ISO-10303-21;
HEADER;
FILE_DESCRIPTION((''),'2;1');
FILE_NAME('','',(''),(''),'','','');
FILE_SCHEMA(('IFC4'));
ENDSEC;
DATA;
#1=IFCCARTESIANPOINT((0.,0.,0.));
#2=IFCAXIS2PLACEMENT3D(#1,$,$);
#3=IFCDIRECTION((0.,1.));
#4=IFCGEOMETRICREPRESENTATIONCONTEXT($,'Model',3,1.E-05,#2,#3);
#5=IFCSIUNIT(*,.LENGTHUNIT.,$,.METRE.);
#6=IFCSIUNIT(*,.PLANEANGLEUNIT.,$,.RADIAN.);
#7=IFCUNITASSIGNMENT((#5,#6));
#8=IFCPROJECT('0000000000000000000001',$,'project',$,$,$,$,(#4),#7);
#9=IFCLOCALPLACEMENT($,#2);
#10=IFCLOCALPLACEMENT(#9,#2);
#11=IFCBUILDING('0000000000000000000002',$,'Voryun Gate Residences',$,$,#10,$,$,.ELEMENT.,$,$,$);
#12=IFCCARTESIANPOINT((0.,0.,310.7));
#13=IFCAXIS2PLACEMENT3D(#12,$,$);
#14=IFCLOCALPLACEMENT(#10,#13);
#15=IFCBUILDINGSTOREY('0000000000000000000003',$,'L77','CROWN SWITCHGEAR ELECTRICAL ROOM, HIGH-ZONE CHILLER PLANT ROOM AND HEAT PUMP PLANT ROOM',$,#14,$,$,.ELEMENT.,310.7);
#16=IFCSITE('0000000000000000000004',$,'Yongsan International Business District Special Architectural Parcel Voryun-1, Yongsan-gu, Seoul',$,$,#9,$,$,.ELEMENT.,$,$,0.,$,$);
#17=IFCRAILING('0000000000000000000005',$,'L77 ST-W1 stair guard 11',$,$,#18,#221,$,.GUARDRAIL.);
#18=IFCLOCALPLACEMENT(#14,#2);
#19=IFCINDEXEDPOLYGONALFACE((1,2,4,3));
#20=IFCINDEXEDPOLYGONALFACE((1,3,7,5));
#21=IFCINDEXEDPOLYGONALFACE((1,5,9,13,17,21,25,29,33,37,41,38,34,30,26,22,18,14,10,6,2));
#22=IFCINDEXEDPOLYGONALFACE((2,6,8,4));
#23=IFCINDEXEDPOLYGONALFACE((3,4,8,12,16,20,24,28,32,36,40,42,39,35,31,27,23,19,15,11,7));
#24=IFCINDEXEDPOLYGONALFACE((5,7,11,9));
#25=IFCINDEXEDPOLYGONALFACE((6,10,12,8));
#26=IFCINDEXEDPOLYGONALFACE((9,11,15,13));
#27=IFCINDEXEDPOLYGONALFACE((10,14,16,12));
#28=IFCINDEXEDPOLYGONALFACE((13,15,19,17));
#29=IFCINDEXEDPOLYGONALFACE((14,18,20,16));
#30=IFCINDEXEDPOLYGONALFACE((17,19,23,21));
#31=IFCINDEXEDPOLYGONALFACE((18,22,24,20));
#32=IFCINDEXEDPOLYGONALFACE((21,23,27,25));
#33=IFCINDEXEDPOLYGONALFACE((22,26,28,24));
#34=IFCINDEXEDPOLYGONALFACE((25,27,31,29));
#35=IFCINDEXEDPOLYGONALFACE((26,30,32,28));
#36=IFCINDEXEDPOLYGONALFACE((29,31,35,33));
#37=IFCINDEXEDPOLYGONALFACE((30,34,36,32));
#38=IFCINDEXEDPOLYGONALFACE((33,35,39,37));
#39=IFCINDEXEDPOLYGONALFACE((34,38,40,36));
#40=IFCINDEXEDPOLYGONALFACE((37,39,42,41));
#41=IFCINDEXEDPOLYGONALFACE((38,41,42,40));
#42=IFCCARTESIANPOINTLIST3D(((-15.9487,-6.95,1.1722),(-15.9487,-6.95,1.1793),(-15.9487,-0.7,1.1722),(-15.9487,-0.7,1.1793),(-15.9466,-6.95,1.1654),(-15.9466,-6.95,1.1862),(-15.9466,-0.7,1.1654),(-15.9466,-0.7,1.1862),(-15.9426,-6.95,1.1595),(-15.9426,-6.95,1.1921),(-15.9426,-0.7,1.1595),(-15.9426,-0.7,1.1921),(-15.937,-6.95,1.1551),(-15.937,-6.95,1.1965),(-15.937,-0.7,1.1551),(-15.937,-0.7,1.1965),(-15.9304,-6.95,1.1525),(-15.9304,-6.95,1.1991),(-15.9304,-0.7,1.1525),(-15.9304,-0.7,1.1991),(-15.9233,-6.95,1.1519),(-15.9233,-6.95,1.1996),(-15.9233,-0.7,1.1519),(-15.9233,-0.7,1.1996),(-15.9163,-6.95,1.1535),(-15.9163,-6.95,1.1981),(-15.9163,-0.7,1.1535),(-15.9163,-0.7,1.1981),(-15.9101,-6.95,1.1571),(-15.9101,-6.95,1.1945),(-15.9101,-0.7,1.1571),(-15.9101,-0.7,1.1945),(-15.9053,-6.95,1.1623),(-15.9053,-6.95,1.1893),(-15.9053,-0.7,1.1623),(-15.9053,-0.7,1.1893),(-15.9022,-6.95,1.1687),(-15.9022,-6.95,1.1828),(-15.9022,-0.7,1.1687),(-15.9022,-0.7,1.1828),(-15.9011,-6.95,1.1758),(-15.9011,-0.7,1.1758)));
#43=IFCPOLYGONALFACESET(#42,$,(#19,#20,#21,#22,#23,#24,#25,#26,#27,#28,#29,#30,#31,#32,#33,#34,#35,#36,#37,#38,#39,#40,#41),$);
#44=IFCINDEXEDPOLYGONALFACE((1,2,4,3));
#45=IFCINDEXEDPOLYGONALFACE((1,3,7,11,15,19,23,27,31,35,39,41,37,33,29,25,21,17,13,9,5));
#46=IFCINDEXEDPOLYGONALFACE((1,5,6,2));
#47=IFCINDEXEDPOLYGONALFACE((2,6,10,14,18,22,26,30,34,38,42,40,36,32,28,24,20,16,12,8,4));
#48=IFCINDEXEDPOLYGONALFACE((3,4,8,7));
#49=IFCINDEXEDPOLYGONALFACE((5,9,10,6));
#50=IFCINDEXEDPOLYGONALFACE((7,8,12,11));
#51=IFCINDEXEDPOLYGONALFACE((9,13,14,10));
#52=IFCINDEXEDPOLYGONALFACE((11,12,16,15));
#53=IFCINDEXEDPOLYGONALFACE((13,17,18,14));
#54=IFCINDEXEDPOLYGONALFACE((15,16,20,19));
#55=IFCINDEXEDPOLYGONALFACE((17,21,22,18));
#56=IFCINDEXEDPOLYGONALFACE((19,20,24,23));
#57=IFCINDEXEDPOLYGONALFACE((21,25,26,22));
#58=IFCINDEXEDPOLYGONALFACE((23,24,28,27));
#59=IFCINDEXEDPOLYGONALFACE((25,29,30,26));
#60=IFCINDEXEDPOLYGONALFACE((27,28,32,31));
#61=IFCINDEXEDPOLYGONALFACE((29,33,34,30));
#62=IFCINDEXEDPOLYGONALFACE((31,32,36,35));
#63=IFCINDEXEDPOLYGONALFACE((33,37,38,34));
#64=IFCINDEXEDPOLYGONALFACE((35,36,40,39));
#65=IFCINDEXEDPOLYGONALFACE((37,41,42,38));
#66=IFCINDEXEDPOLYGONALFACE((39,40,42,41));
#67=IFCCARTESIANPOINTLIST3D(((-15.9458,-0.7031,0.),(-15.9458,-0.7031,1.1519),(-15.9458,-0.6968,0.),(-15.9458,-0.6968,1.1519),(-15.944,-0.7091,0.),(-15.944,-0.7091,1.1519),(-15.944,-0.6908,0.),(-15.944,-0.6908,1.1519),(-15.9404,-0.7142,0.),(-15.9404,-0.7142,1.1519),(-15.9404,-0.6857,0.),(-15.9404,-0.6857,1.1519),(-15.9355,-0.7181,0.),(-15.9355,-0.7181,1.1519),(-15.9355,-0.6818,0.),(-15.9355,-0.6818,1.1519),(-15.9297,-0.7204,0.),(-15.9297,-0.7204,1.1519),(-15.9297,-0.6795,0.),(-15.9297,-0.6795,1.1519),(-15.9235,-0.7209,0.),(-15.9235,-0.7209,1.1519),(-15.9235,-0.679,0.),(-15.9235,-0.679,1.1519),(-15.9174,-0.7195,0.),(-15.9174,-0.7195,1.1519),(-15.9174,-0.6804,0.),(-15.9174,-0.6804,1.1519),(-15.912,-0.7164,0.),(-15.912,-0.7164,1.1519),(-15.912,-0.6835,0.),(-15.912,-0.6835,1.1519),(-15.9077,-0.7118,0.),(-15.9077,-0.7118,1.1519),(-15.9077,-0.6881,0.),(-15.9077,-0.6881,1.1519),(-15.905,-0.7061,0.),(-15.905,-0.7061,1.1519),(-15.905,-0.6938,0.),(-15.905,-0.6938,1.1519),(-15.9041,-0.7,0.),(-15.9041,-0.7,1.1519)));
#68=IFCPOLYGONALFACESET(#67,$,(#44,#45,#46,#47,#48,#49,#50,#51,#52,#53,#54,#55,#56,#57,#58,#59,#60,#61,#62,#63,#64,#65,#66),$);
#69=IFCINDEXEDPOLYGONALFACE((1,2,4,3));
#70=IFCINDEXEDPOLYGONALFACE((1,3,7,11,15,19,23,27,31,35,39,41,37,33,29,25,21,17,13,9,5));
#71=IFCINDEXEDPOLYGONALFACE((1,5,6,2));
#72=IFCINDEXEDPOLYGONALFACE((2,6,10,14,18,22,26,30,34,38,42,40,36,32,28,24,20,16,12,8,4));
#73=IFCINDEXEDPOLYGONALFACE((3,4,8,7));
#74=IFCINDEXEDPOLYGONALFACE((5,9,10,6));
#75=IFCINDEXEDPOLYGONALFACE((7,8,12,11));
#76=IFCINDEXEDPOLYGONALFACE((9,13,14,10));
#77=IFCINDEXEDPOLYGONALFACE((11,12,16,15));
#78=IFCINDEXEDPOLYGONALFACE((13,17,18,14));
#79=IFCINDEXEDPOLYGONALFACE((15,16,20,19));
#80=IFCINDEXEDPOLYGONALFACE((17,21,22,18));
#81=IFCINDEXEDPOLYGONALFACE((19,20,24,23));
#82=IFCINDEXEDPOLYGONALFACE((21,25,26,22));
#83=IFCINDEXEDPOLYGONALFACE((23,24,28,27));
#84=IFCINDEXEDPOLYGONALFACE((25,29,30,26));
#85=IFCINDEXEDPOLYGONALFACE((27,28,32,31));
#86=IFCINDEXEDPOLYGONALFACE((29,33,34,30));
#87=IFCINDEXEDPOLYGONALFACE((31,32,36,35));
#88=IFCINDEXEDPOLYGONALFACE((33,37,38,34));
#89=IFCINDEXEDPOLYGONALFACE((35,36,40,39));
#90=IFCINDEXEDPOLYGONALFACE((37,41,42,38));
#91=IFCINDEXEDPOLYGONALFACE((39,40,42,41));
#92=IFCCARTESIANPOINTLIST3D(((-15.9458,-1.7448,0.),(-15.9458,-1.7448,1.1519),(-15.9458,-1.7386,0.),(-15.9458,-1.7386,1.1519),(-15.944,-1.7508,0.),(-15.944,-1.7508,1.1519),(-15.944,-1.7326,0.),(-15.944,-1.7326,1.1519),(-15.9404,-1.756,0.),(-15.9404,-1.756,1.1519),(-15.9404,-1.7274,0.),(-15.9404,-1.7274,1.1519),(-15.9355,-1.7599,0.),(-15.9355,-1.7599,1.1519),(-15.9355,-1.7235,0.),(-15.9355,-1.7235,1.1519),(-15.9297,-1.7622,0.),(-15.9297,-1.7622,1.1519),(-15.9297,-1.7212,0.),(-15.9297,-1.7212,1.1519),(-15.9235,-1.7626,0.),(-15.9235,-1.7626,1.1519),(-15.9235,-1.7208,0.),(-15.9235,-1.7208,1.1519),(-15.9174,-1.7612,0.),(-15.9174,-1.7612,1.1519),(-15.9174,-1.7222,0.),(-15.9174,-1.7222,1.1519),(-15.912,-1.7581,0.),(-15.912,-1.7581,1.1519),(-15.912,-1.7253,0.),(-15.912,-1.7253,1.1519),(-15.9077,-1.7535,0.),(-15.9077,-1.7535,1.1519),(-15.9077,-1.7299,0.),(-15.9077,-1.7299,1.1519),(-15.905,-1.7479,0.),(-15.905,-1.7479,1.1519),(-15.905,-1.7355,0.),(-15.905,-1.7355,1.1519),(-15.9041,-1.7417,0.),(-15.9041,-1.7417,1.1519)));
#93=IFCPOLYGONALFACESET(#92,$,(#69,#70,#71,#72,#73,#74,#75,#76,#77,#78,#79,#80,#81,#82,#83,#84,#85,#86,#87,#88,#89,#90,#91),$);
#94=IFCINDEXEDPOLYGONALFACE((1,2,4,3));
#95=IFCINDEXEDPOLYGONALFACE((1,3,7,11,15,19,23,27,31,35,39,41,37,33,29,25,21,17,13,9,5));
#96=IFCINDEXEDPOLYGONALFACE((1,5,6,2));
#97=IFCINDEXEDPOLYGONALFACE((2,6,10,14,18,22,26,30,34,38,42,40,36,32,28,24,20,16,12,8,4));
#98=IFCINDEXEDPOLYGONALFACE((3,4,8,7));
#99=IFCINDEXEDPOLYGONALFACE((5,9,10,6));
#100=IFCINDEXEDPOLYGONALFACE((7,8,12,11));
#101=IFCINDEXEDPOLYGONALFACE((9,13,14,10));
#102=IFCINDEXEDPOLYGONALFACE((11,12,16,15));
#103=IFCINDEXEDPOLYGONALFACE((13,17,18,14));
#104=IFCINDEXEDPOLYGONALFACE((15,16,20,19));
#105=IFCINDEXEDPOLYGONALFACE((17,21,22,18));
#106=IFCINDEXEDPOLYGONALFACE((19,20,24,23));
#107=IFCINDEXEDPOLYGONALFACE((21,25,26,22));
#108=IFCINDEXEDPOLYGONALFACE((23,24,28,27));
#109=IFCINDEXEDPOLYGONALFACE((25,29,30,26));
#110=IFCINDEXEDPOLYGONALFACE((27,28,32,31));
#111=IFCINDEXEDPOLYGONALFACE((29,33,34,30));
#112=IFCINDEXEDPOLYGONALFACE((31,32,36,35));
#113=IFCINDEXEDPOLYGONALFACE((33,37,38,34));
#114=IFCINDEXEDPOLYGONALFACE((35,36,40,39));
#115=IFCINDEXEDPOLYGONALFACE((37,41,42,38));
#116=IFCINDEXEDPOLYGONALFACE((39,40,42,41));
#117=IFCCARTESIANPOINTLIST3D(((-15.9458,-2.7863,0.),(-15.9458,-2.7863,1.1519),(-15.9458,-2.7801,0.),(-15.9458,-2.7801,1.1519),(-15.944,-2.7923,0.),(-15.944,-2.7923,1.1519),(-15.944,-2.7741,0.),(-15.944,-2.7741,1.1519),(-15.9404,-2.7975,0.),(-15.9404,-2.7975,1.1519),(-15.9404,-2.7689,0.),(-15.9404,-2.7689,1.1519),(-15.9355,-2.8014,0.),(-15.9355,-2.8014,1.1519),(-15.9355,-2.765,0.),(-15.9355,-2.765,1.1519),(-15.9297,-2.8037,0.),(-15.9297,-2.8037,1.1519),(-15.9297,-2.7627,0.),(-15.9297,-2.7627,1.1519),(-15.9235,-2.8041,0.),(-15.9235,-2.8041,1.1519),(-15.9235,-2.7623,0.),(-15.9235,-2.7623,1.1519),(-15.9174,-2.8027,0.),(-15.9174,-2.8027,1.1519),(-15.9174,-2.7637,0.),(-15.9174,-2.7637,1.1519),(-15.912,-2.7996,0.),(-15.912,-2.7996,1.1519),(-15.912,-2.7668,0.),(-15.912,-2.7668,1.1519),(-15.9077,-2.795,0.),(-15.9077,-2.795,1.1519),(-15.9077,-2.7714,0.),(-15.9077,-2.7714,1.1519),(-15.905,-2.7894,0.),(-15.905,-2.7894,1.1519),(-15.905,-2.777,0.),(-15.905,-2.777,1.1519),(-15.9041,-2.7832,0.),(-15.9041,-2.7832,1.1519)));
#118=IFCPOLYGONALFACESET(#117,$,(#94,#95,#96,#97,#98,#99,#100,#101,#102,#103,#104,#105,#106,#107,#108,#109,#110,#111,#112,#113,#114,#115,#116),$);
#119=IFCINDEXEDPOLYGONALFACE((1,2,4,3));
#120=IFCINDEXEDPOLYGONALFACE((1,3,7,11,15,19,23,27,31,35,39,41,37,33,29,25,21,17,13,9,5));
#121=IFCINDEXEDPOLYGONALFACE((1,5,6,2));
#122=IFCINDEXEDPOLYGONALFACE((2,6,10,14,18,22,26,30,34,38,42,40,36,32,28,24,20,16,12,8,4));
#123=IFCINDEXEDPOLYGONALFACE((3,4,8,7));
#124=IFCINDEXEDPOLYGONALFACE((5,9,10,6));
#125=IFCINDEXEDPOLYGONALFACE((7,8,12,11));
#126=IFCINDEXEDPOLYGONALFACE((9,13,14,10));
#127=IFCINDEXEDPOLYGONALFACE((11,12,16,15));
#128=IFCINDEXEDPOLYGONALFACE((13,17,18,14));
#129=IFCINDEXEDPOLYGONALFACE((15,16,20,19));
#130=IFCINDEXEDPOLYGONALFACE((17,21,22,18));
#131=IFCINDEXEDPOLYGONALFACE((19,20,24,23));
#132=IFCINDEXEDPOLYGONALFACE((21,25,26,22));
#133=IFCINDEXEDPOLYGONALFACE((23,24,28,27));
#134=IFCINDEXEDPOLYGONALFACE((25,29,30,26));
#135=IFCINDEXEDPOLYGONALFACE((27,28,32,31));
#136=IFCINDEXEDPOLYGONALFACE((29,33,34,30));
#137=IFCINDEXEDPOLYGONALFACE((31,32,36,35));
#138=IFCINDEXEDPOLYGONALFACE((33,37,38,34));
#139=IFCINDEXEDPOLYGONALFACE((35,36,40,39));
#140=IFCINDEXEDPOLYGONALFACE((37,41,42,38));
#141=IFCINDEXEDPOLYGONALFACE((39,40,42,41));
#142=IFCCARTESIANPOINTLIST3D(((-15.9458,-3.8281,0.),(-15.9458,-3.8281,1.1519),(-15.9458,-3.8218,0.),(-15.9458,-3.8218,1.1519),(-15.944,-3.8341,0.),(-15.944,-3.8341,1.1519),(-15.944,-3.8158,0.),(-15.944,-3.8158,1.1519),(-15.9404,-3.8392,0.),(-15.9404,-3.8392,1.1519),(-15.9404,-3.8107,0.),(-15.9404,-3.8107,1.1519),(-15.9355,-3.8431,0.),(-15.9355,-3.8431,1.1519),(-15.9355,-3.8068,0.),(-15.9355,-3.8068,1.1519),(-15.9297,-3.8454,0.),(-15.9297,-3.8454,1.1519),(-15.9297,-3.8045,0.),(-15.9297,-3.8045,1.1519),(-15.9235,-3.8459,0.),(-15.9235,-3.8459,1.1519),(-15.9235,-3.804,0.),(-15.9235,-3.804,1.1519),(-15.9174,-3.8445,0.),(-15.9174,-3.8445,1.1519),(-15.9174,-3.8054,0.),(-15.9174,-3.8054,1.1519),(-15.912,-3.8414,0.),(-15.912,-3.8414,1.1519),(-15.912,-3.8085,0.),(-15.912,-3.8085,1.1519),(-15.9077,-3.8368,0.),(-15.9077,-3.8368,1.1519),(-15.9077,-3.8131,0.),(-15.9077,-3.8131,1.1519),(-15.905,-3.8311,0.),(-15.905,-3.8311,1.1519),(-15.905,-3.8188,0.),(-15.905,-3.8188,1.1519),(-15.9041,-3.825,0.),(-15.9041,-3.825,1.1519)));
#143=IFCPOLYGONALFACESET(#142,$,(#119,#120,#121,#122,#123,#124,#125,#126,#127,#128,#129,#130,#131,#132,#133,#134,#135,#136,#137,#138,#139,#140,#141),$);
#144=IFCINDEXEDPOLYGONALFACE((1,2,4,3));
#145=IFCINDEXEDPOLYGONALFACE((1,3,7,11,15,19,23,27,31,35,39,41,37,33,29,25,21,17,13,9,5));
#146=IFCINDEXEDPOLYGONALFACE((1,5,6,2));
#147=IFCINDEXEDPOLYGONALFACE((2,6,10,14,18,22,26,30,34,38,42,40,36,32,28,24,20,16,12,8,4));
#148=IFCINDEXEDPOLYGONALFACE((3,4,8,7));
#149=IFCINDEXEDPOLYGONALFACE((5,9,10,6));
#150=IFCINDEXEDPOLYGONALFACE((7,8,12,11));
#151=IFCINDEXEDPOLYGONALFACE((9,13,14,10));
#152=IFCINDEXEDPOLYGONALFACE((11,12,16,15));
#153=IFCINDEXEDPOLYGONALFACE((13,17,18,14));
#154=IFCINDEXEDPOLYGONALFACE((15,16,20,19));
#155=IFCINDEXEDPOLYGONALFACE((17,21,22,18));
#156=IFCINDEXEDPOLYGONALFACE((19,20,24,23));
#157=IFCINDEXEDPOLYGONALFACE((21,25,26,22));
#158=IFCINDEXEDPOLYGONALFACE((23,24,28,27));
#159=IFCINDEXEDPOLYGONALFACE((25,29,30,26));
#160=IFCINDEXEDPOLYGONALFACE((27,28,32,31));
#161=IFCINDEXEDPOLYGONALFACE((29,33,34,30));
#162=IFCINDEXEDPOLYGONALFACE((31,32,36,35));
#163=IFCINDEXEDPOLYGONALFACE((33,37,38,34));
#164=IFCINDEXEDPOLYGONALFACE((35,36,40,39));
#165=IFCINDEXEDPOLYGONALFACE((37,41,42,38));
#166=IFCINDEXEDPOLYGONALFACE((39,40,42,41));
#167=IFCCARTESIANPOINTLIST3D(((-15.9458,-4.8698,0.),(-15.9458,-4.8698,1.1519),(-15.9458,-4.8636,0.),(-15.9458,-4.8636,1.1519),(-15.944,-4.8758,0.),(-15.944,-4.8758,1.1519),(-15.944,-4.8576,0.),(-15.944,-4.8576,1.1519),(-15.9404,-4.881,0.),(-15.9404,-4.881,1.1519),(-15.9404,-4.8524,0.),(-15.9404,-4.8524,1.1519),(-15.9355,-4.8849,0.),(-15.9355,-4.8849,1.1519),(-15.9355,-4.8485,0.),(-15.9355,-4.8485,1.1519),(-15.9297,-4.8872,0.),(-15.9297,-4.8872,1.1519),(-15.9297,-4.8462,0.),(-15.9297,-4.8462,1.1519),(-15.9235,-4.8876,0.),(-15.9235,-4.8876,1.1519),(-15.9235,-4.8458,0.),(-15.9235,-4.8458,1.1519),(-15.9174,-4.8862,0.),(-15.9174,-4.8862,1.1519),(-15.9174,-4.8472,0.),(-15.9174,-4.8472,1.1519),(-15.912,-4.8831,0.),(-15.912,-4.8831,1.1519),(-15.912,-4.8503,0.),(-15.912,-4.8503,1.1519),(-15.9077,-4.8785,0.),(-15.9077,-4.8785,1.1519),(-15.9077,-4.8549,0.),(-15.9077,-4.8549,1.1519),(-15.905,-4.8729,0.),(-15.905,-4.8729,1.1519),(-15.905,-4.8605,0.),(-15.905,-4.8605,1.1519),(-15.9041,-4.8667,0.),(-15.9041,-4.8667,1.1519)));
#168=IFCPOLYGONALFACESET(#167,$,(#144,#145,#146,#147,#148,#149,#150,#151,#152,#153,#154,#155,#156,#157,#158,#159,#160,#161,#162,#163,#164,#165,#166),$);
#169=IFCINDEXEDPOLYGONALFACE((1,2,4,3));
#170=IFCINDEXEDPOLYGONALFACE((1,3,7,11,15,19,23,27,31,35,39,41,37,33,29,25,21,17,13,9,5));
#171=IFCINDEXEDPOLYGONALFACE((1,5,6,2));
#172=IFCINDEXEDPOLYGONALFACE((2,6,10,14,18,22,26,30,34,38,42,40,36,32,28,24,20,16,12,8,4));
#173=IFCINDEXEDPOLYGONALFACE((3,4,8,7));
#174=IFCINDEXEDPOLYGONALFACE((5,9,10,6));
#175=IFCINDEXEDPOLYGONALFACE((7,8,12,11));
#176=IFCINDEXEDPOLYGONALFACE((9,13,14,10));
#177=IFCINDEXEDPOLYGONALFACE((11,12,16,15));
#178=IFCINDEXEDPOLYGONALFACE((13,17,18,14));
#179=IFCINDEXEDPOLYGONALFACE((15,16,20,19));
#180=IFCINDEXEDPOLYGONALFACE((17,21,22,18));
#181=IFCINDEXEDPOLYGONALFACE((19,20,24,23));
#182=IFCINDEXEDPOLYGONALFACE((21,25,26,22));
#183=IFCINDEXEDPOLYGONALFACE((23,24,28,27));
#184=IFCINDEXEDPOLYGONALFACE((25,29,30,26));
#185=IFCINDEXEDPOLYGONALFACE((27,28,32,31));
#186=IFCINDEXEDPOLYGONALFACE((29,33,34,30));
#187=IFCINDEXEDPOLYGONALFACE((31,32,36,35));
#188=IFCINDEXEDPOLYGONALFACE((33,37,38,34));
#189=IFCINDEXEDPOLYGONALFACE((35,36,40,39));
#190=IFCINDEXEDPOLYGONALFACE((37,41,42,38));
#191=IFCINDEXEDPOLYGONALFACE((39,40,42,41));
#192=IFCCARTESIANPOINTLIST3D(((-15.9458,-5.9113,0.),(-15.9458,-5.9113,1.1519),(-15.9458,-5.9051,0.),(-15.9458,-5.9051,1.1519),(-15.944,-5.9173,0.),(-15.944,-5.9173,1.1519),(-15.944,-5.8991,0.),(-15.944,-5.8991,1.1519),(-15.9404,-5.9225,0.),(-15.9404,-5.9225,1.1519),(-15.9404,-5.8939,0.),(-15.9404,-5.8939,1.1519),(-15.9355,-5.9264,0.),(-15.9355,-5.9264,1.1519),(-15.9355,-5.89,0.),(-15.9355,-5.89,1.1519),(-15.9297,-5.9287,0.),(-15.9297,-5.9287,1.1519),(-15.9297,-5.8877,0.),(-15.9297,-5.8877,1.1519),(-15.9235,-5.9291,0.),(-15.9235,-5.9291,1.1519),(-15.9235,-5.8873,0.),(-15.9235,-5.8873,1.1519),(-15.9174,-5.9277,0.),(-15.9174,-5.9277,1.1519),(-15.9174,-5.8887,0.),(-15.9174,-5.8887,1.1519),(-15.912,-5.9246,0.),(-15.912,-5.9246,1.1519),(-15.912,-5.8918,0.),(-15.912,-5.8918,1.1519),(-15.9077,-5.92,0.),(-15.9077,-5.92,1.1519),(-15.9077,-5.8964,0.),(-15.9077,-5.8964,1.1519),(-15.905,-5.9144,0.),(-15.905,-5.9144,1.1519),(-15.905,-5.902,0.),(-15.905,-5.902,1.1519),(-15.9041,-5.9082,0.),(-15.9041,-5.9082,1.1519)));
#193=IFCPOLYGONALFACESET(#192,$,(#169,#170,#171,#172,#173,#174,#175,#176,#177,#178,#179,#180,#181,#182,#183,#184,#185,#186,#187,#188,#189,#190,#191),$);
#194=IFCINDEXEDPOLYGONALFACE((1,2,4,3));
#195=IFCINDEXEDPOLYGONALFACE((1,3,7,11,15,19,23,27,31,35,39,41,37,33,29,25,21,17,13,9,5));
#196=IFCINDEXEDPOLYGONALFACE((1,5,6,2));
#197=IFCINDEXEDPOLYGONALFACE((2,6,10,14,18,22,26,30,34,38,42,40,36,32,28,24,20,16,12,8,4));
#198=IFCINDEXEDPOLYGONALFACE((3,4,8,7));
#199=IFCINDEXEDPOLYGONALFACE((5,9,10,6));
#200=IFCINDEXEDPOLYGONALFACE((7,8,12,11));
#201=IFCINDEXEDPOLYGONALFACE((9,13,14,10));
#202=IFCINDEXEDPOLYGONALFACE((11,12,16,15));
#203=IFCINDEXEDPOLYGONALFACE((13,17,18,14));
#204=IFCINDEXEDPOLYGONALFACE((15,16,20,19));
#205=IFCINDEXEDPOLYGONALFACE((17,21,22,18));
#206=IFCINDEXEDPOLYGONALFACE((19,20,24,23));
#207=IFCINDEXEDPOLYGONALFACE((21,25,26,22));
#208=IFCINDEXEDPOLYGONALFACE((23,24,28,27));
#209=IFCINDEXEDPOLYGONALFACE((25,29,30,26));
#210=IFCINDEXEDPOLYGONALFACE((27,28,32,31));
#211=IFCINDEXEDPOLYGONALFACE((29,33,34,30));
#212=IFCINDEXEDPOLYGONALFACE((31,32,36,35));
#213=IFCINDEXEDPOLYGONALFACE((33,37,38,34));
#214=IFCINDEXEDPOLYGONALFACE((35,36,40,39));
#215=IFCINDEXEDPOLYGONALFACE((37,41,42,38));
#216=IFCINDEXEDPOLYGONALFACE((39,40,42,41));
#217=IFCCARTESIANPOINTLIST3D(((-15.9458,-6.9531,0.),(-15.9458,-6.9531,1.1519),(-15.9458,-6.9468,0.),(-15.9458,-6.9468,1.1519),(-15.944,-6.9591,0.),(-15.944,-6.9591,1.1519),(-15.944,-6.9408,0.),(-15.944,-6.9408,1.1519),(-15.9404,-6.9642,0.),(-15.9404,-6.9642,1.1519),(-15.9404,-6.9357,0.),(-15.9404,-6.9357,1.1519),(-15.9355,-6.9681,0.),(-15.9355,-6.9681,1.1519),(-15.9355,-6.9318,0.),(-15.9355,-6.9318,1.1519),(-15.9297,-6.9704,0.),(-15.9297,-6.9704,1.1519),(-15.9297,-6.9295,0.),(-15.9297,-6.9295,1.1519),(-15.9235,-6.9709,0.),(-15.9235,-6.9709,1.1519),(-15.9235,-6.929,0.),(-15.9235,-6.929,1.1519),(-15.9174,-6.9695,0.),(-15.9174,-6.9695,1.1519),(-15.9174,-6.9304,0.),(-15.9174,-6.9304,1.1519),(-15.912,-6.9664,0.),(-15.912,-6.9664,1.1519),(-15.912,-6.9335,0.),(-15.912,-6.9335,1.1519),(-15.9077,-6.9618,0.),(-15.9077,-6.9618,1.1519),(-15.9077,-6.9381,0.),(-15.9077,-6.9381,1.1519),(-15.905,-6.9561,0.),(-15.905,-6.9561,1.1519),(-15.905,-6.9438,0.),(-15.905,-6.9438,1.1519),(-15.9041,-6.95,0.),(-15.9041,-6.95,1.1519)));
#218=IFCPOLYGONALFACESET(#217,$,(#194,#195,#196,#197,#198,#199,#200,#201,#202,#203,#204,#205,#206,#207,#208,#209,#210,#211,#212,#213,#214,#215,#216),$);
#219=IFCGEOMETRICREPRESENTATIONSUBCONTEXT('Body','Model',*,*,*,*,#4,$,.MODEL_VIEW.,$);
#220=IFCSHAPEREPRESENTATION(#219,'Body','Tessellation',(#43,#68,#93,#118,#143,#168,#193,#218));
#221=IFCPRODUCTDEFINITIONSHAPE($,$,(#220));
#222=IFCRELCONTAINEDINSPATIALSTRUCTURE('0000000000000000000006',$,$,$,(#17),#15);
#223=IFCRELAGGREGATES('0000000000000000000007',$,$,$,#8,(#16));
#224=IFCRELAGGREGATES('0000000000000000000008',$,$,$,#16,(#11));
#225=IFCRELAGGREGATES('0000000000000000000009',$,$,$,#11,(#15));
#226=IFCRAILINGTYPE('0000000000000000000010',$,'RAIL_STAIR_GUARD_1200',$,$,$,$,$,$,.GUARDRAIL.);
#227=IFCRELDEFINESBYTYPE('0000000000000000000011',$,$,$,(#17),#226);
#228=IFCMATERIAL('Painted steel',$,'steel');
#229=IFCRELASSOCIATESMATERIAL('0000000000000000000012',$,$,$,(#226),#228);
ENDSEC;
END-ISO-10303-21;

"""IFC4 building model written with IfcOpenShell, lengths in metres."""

from ifc_helpers import new_model, si_unit, direction, frame, origin, origin_2d, place, context, subcontext, project, spatial, circle, extrude, material, type_object, element, save


model = new_model("IFC4")

# Units and contexts
model_context = context("Model", 3, precision=1e-05, world=origin(), true_north=direction((0.0, 1.0)))
body_context = subcontext(model_context, "Body", "Model", "MODEL_VIEW")
ifc_project = project(units=[si_unit("LENGTHUNIT", "METRE"), si_unit("PLANEANGLEUNIT", "RADIAN")], contexts=[model_context])

# Site, building, storey
site_placement = place(None, origin())
site = spatial("IfcSite", under=ifc_project, at=site_placement, Name="Yongsan International Business District Special Architectural Parcel Voryun-1, Yongsan-gu, Seoul", CompositionType="ELEMENT", RefElevation=0.0)
building_placement = place(site_placement, origin())
building = spatial("IfcBuilding", under=site, at=building_placement, Name="Voryun Gate Residences", CompositionType="ELEMENT")
storey_placement = place(building_placement, frame((0.0, 0.0, 310.7)))
storey = spatial("IfcBuildingStorey", under=building, at=storey_placement, Name="L77", Description="CROWN SWITCHGEAR ELECTRICAL ROOM, HIGH-ZONE CHILLER PLANT ROOM AND HEAT PUMP PLANT ROOM", CompositionType="ELEMENT", Elevation=310.7)

# Railing
ifc_material_1 = material(Name="Painted steel", Category="steel")
railing_type_1 = type_object("IfcRailingType", Name="RAIL_STAIR_GUARD_1200", PredefinedType="GUARDRAIL", material=ifc_material_1)
railing_1_placement = place(storey_placement, frame((-15.925, -0.7, 0.0)))
element("IfcRailing", 1, at=railing_1_placement, inside=storey, type_object=railing_type_1, Name="L77 ST-W1 stair guard 11", PredefinedType="GUARDRAIL", context=body_context, shape_type="SweptSolid", body=[
    extrude(circle(Radius=0.0239, at=origin_2d()), frame((0.0, 0.0, 1.1758), z_axis=(0.0, -1.0, 0.0), x_axis=(1.0, 0.0, 0.0)), (0.0, 0.0, 1.0), 6.25),
    extrude(circle(Radius=0.021, at=origin_2d()), origin(), (0.0, 0.0, 1.0), 1.1519),
    extrude(circle(Radius=0.021, at=origin_2d()), frame((0.0, -1.0417, 0.0)), (0.0, 0.0, 1.0), 1.1519),
    extrude(circle(Radius=0.021, at=origin_2d()), frame((0.0, -2.0833, 0.0)), (0.0, 0.0, 1.0), 1.1519),
    extrude(circle(Radius=0.021, at=origin_2d()), frame((0.0, -3.125, 0.0)), (0.0, 0.0, 1.0), 1.1519),
    extrude(circle(Radius=0.021, at=origin_2d()), frame((0.0, -4.1667, 0.0)), (0.0, 0.0, 1.0), 1.1519),
    extrude(circle(Radius=0.021, at=origin_2d()), frame((0.0, -5.2083, 0.0)), (0.0, 0.0, 1.0), 1.1519),
    extrude(circle(Radius=0.021, at=origin_2d()), frame((0.0, -6.25, 0.0)), (0.0, 0.0, 1.0), 1.1519),
])

save(model, "model.ifc")
